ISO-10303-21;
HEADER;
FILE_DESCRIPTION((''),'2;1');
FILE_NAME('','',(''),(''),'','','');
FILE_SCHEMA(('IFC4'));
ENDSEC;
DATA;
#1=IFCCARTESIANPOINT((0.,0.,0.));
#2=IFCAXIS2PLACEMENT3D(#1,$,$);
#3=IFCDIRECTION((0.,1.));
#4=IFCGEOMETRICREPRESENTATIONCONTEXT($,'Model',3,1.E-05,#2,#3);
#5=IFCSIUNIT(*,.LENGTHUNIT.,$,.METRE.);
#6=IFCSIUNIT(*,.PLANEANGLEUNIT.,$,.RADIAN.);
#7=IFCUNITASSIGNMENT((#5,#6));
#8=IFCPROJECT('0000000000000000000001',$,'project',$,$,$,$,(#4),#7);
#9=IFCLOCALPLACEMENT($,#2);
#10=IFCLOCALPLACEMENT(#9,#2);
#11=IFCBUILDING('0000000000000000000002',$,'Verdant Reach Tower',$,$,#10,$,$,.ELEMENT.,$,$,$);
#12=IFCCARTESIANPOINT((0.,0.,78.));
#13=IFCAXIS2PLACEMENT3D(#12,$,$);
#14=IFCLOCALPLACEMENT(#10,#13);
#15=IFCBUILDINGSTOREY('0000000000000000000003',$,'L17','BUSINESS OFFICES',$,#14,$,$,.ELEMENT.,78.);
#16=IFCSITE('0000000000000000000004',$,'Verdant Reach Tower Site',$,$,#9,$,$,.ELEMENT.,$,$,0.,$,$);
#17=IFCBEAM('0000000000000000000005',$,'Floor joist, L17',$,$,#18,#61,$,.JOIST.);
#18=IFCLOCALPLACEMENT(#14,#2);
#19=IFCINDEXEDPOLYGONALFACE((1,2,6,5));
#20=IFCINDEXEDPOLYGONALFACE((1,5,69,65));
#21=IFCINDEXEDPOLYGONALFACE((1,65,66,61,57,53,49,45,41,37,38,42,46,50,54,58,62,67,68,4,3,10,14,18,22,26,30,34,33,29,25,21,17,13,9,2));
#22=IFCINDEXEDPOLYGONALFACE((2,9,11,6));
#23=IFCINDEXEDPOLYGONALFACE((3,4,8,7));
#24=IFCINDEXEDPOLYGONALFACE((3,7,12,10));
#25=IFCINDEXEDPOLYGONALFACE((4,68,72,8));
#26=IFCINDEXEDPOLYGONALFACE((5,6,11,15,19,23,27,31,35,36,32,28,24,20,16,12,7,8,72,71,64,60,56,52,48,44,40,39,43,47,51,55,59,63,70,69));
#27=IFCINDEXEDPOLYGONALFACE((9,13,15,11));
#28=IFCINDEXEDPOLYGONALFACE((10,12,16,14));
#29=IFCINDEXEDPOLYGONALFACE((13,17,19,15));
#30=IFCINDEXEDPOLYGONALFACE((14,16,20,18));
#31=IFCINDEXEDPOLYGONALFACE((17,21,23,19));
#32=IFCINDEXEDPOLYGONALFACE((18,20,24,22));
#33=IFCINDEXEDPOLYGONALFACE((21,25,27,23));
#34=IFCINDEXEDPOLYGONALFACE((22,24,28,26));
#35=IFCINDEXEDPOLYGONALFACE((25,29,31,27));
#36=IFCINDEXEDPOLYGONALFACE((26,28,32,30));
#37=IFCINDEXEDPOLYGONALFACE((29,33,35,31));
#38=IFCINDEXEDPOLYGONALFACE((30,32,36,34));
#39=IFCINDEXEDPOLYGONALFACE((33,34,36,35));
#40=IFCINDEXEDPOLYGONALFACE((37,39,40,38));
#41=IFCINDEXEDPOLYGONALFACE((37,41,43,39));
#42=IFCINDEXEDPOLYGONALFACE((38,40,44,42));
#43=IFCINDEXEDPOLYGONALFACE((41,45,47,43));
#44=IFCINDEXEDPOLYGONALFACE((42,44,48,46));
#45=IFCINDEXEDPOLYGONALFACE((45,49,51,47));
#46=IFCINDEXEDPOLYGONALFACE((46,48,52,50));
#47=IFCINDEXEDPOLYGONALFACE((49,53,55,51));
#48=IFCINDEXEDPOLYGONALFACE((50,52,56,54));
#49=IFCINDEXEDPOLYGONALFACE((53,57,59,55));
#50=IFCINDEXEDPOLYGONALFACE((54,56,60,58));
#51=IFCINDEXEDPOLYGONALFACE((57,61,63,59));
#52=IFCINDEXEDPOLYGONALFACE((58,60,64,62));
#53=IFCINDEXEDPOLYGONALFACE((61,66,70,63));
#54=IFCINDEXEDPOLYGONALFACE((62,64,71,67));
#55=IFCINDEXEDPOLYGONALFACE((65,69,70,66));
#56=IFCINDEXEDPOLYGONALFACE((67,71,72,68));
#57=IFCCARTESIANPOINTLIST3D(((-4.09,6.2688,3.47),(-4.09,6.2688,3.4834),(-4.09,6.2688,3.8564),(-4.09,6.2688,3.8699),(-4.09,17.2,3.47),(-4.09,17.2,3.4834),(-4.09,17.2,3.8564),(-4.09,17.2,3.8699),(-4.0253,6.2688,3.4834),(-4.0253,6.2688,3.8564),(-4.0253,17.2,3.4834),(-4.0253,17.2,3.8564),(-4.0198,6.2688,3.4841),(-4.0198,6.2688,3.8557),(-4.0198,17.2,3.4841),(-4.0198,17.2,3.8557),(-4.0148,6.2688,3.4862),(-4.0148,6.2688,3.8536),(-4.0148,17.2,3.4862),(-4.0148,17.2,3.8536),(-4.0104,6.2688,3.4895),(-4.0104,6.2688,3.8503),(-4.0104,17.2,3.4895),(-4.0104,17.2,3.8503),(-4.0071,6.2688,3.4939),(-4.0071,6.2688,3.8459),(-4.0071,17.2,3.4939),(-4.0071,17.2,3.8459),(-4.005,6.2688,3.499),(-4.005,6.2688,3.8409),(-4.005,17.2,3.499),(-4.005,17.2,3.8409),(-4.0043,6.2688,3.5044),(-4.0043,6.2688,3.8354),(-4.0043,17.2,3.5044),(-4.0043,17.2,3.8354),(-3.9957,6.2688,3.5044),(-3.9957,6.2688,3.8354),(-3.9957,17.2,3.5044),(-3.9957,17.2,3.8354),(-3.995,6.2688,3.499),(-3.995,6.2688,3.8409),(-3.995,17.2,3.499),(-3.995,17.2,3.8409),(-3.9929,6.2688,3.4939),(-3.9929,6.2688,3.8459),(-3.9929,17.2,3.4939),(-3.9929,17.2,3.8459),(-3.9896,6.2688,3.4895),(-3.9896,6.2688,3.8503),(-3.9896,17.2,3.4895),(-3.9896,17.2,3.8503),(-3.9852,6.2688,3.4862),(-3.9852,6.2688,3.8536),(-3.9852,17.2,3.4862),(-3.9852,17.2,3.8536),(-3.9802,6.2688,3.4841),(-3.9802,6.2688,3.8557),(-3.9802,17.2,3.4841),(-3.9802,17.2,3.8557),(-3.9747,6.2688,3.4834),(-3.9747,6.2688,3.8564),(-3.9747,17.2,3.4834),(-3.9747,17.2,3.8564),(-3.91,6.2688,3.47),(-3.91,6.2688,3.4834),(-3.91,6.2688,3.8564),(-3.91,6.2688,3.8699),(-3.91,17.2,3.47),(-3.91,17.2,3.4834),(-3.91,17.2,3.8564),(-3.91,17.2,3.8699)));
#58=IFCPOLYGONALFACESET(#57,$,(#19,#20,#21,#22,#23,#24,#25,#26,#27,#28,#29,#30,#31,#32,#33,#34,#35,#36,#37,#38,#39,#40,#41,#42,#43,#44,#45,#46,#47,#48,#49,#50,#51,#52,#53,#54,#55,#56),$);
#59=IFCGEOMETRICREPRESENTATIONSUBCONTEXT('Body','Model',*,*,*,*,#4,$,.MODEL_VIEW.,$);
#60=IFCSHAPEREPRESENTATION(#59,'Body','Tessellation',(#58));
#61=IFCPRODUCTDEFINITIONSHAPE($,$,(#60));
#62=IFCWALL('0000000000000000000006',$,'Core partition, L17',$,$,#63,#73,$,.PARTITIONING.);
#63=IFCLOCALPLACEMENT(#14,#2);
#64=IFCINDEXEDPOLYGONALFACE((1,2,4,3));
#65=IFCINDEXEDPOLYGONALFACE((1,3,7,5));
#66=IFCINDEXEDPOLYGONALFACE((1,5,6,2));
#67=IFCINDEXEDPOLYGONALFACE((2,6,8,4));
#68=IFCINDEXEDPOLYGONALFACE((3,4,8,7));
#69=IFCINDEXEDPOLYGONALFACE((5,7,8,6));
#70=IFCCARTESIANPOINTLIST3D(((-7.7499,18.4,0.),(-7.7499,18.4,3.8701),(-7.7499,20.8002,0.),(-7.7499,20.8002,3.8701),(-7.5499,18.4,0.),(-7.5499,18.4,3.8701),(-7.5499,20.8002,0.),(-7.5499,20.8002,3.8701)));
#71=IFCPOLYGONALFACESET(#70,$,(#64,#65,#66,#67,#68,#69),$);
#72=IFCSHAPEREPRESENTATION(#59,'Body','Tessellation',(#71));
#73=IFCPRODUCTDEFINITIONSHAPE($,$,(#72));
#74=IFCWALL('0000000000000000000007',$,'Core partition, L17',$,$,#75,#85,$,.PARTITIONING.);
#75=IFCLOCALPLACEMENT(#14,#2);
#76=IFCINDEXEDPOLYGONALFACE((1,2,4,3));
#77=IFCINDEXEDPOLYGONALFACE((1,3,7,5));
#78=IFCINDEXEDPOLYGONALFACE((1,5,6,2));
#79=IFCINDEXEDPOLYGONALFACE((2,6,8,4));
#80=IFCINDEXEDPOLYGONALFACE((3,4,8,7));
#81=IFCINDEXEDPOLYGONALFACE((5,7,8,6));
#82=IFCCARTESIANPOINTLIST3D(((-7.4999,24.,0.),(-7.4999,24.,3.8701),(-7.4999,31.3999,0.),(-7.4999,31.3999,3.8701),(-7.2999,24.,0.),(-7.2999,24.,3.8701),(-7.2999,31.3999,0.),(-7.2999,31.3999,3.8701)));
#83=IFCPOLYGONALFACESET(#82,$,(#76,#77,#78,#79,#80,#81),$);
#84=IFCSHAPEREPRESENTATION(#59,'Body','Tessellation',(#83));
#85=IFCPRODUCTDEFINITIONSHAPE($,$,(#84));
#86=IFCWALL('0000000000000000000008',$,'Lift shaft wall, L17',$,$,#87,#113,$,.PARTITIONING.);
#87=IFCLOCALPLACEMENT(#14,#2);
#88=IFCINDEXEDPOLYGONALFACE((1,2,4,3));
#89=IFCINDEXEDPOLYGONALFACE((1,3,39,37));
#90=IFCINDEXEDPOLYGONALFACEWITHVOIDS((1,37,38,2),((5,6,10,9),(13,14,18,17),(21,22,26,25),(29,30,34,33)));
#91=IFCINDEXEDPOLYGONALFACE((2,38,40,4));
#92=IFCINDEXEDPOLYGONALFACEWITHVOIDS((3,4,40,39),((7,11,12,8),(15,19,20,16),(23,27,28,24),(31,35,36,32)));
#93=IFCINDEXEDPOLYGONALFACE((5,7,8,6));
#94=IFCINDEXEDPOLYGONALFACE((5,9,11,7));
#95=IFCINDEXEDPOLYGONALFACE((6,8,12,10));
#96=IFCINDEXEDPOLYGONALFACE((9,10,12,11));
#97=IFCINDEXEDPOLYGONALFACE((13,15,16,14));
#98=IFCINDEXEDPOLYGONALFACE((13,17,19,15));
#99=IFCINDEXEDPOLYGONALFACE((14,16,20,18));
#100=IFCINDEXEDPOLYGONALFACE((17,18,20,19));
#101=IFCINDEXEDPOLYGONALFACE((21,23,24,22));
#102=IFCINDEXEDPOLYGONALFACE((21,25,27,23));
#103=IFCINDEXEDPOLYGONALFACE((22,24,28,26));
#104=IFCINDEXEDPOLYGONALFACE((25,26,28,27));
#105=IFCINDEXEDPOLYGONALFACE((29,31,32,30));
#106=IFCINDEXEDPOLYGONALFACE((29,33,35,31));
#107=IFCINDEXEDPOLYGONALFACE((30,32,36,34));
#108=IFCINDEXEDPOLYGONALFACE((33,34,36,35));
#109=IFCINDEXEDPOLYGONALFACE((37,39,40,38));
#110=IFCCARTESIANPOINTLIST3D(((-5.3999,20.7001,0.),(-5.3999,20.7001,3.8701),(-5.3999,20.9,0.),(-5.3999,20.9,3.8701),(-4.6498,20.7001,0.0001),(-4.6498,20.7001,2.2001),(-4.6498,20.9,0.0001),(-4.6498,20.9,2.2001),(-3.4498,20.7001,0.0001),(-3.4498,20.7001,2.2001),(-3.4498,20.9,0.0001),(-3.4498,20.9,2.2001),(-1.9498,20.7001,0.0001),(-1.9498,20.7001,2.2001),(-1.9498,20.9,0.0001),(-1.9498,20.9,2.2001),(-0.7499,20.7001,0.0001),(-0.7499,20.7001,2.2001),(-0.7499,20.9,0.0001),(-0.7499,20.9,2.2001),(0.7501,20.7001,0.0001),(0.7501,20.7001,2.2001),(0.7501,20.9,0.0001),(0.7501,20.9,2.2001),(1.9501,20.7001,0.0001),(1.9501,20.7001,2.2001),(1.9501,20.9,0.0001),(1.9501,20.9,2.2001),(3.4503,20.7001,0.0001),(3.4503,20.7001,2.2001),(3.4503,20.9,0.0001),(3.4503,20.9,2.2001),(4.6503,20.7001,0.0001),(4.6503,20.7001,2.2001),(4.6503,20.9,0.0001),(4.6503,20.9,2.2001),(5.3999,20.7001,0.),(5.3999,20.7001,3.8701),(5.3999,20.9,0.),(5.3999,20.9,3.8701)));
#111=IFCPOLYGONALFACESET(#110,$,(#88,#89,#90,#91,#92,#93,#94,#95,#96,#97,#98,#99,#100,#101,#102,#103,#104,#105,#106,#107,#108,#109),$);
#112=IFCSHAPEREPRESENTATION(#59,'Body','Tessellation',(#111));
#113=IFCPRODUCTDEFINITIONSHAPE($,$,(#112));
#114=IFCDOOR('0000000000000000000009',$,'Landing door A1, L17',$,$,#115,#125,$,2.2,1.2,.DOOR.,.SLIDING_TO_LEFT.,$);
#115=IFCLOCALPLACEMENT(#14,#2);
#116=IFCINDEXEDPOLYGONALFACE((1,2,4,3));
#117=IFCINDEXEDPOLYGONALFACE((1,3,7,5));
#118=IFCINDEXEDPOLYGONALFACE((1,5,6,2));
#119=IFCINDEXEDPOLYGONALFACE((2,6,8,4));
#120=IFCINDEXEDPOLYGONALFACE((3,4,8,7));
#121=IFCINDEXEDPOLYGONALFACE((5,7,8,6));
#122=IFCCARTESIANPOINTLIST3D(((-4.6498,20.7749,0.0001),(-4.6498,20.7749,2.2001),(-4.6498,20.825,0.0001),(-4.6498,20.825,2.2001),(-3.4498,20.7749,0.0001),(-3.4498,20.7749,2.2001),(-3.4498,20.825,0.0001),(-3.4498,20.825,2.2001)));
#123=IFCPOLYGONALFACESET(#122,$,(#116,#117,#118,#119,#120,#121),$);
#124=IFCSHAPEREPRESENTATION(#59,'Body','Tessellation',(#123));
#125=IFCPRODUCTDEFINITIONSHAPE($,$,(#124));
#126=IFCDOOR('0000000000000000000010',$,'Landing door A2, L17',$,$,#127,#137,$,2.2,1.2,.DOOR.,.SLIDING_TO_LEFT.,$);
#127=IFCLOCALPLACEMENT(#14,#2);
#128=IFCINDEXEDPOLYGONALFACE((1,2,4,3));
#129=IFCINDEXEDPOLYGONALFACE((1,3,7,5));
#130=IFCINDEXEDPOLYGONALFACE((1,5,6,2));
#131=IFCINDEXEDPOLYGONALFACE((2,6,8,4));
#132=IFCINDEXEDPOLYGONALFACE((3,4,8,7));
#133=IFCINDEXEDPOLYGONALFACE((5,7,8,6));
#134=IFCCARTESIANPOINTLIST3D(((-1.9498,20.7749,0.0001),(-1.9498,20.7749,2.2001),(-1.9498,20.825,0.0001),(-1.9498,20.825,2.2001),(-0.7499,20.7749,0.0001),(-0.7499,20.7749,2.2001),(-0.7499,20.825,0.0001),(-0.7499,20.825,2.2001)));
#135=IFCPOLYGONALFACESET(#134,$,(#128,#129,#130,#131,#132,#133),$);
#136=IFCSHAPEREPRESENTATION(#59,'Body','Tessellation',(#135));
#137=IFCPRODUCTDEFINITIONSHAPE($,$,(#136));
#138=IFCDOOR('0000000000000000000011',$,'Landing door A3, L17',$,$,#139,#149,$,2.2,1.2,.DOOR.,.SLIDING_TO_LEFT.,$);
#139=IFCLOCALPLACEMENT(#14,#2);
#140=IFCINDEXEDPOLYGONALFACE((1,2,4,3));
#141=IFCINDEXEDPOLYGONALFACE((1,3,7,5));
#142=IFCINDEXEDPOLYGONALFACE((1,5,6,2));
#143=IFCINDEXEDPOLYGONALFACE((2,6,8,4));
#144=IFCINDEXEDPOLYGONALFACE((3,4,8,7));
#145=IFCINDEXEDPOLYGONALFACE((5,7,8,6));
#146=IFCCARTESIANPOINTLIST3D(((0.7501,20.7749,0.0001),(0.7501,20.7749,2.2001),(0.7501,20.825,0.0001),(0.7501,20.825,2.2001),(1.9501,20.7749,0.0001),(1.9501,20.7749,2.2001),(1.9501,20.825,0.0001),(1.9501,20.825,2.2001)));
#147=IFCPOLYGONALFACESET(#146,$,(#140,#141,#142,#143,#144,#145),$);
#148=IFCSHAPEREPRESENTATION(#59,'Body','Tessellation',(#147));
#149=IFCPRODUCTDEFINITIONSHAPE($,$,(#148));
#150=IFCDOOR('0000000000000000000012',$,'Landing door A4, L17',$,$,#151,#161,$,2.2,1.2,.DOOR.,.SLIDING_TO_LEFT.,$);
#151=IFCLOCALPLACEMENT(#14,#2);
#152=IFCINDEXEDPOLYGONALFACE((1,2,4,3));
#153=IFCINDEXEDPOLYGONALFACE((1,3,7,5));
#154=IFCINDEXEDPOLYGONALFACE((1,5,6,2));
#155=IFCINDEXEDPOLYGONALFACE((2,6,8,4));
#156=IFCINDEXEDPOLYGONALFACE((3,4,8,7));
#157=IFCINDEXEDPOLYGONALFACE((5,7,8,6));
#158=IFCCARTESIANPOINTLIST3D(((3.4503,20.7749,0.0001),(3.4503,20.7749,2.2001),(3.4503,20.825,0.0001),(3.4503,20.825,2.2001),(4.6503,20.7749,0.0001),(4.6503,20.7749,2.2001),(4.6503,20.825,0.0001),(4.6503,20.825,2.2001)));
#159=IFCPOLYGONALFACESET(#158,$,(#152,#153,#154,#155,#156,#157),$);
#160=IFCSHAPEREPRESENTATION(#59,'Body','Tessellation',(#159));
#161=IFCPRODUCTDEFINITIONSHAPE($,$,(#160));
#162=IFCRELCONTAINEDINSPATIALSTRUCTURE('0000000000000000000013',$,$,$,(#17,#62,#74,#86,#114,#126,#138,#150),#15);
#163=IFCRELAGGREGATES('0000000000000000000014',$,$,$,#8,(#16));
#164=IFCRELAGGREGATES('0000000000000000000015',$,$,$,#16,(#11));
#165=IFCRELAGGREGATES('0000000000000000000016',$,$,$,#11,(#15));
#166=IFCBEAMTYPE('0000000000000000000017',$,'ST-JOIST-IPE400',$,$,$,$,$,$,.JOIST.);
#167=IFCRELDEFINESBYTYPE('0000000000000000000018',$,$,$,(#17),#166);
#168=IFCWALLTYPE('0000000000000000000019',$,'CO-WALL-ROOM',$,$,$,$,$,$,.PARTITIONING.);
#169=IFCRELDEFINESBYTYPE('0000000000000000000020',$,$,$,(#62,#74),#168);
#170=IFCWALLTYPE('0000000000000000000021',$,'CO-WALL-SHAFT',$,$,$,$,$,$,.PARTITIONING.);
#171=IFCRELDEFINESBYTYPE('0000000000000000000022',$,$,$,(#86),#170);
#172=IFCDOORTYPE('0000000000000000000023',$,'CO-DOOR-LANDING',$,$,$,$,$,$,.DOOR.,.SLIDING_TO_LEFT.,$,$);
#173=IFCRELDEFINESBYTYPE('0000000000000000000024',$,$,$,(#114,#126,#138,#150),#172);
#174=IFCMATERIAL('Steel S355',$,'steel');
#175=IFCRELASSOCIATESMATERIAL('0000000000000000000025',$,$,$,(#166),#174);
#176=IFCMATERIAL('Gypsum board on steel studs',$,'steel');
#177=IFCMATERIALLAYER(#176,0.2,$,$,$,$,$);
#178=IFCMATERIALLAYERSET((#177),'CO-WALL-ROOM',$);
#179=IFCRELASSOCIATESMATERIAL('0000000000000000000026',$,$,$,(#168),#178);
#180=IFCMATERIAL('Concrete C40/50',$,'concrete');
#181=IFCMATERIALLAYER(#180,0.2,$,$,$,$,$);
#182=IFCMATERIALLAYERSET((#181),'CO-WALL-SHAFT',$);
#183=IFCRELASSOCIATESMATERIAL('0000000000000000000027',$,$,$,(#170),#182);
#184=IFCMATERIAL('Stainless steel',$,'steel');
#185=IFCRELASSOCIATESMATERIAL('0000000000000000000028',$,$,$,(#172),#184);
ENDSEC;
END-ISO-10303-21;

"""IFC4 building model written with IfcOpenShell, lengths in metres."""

from ifc_helpers import new_model, si_unit, direction, frame, frame_2d, origin, origin_2d, place, context, subcontext, project, spatial, rectangle, i_section, extrude, material, layer, layer_set, material_profile, profile_set, type_object, element, fill, save


model = new_model("IFC4")

# Units and contexts
model_context = context("Model", 3, precision=1e-05, world=origin(), true_north=direction((0.0, 1.0)))
body_context = subcontext(model_context, "Body", "Model", "MODEL_VIEW")
ifc_project = project(units=[si_unit("LENGTHUNIT", "METRE"), si_unit("PLANEANGLEUNIT", "RADIAN")], contexts=[model_context])

# Site, building, storey
site_placement = place(None, origin())
site = spatial("IfcSite", under=ifc_project, at=site_placement, Name="Verdant Reach Tower Site", CompositionType="ELEMENT", RefElevation=0.0)
building_placement = place(site_placement, origin())
building = spatial("IfcBuilding", under=site, at=building_placement, Name="Verdant Reach Tower", CompositionType="ELEMENT")
storey_placement = place(building_placement, frame((0.0, 0.0, 78.0)))
storey = spatial("IfcBuildingStorey", under=building, at=storey_placement, Name="L17", Description="BUSINESS OFFICES", CompositionType="ELEMENT", Elevation=78.0)

# Beam
ifc_material_1 = material(Name="Steel S355", Category="steel")
ifc_material_profile = material_profile(ifc_material_1, i_section(OverallWidth=0.1799, OverallDepth=0.3999, WebThickness=0.0085, FlangeThickness=0.0134, FilletRadius=0.021, at=origin_2d()), Name="IPE 400")
ifc_profile_set = profile_set([ifc_material_profile], Name="Steel S355")
beam_type = type_object("IfcBeamType", Name="ST-JOIST-IPE400", PredefinedType="JOIST", material=ifc_profile_set)
beam_placement = place(storey_placement, frame((-4.0, 17.2, 3.6699), z_axis=(0.0, -1.0, 0.0), x_axis=(1.0, 0.0, 0.0)))
element("IfcBeam", 1, at=beam_placement, inside=storey, type_object=beam_type, Name="Floor joist, L17", PredefinedType="JOIST", context=body_context, shape_type="SweptSolid", body=[
    extrude(i_section(OverallWidth=0.1799, OverallDepth=0.3999, WebThickness=0.0085, FlangeThickness=0.0134, FilletRadius=0.021, at=origin_2d()), origin(), (0.0, 0.0, 1.0), 10.9312),
])

# Walls
ifc_material_2 = material(Name="Gypsum board on steel studs", Category="steel")
ifc_layer_1 = layer(ifc_material_2, 0.2)
ifc_layer_set_1 = layer_set([ifc_layer_1], Name="CO-WALL-ROOM")
wall_type_1 = type_object("IfcWallType", Name="CO-WALL-ROOM", PredefinedType="PARTITIONING", material=ifc_layer_set_1)
wall_1_placement = place(storey_placement, frame((-7.6499, 18.3999, 0.0), z_axis=(0.0, 0.0, 1.0), x_axis=(0.0, 1.0, 0.0)))
element("IfcWall", 2, at=wall_1_placement, inside=storey, type_object=wall_type_1, Name="Core partition, L17", PredefinedType="PARTITIONING", context=body_context, shape_type="SweptSolid", body=[
    extrude(rectangle(XDim=2.4001, YDim=0.2, at=frame_2d((1.2002, 0.0))), origin(), (0.0, 0.0, 1.0), 3.8701),
])
wall_2_placement = place(storey_placement, frame((-7.3999, 24.0, 0.0), z_axis=(0.0, 0.0, 1.0), x_axis=(0.0, 1.0, 0.0)))
element("IfcWall", 3, at=wall_2_placement, inside=storey, type_object=wall_type_1, Name="Core partition, L17", PredefinedType="PARTITIONING", context=body_context, shape_type="SweptSolid", body=[
    extrude(rectangle(XDim=7.3999, YDim=0.2, at=frame_2d((3.7, 0.0))), origin(), (0.0, 0.0, 1.0), 3.8701),
])

# Wall, openings, doors
ifc_material_3 = material(Name="Concrete C40/50", Category="concrete")
ifc_layer_2 = layer(ifc_material_3, 0.2)
ifc_layer_set_2 = layer_set([ifc_layer_2], Name="CO-WALL-SHAFT")
wall_type_2 = type_object("IfcWallType", Name="CO-WALL-SHAFT", PredefinedType="PARTITIONING", material=ifc_layer_set_2)
wall_3_placement = place(storey_placement, frame((-5.3999, 20.8, 0.0), z_axis=(0.0, 0.0, 1.0), x_axis=(1.0, 0.0, 0.0)))
wall_3 = element("IfcWall", 4, at=wall_3_placement, inside=storey, type_object=wall_type_2, Name="Lift shaft wall, L17", PredefinedType="PARTITIONING", context=body_context, shape_type="SweptSolid", body=[
    extrude(rectangle(XDim=10.7998, YDim=0.2, at=frame_2d((5.3999, 0.0))), origin(), (0.0, 0.0, 1.0), 3.8701),
])
opening_1_placement = place(wall_3_placement, frame((0.75, 0.0, 0.0)))
opening_1 = element("IfcOpeningElement", 5, at=opening_1_placement, cuts=wall_3, PredefinedType="OPENING", context=body_context, shape_type="SweptSolid", body=[
    extrude(rectangle(XDim=1.2, YDim=2.2, at=frame_2d((0.6001, 1.1001))), frame((0.0, 0.1099, 0.0), z_axis=(0.0, -1.0, 0.0), x_axis=(1.0, 0.0, 0.0)), (0.0, 0.0, 1.0), 0.22),
])
opening_2_placement = place(wall_3_placement, frame((3.45, 0.0, 0.0)))
opening_2 = element("IfcOpeningElement", 6, at=opening_2_placement, cuts=wall_3, PredefinedType="OPENING", context=body_context, shape_type="SweptSolid", body=[
    extrude(rectangle(XDim=1.2, YDim=2.2, at=frame_2d((0.6001, 1.1001))), frame((0.0, 0.1099, 0.0), z_axis=(0.0, -1.0, 0.0), x_axis=(1.0, 0.0, 0.0)), (0.0, 0.0, 1.0), 0.22),
])
opening_3_placement = place(wall_3_placement, frame((6.1499, 0.0, 0.0)))
opening_3 = element("IfcOpeningElement", 7, at=opening_3_placement, cuts=wall_3, PredefinedType="OPENING", context=body_context, shape_type="SweptSolid", body=[
    extrude(rectangle(XDim=1.2, YDim=2.2, at=frame_2d((0.6001, 1.1001))), frame((0.0, 0.1099, 0.0), z_axis=(0.0, -1.0, 0.0), x_axis=(1.0, 0.0, 0.0)), (0.0, 0.0, 1.0), 0.22),
])
opening_4_placement = place(wall_3_placement, frame((8.8501, 0.0, 0.0)))
opening_4 = element("IfcOpeningElement", 8, at=opening_4_placement, cuts=wall_3, PredefinedType="OPENING", context=body_context, shape_type="SweptSolid", body=[
    extrude(rectangle(XDim=1.2, YDim=2.2, at=frame_2d((0.6001, 1.1001))), frame((0.0, 0.1099, 0.0), z_axis=(0.0, -1.0, 0.0), x_axis=(1.0, 0.0, 0.0)), (0.0, 0.0, 1.0), 0.22),
])
ifc_material_4 = material(Name="Stainless steel", Category="steel")
door_type_1 = type_object("IfcDoorType", Name="CO-DOOR-LANDING", OperationType="SLIDING_TO_LEFT", PredefinedType="DOOR", material=ifc_material_4)
door_1_placement = place(opening_1_placement, origin())
door_1 = element("IfcDoor", 9, at=door_1_placement, inside=storey, type_object=door_type_1, Name="Landing door A1, L17", OperationType="SLIDING_TO_LEFT", OverallHeight=2.2, OverallWidth=1.2, PredefinedType="DOOR", context=body_context, shape_type="SweptSolid", body=[
    extrude(rectangle(XDim=1.2, YDim=2.2, at=frame_2d((0.6001, 1.1001))), frame((0.0, 0.0249, 0.0), z_axis=(0.0, -1.0, 0.0), x_axis=(1.0, 0.0, 0.0)), (0.0, 0.0, 1.0), 0.05),
])
fill(opening_1, door_1)
door_2_placement = place(opening_2_placement, origin())
door_2 = element("IfcDoor", 10, at=door_2_placement, inside=storey, type_object=door_type_1, Name="Landing door A2, L17", OperationType="SLIDING_TO_LEFT", OverallHeight=2.2, OverallWidth=1.2, PredefinedType="DOOR", context=body_context, shape_type="SweptSolid", body=[
    extrude(rectangle(XDim=1.2, YDim=2.2, at=frame_2d((0.6001, 1.1001))), frame((0.0, 0.0249, 0.0), z_axis=(0.0, -1.0, 0.0), x_axis=(1.0, 0.0, 0.0)), (0.0, 0.0, 1.0), 0.05),
])
fill(opening_2, door_2)
door_3_placement = place(opening_3_placement, origin())
door_3 = element("IfcDoor", 11, at=door_3_placement, inside=storey, type_object=door_type_1, Name="Landing door A3, L17", OperationType="SLIDING_TO_LEFT", OverallHeight=2.2, OverallWidth=1.2, PredefinedType="DOOR", context=body_context, shape_type="SweptSolid", body=[
    extrude(rectangle(XDim=1.2, YDim=2.2, at=frame_2d((0.6001, 1.1001))), frame((0.0, 0.0249, 0.0), z_axis=(0.0, -1.0, 0.0), x_axis=(1.0, 0.0, 0.0)), (0.0, 0.0, 1.0), 0.05),
])
fill(opening_3, door_3)
door_4_placement = place(opening_4_placement, origin())
door_4 = element("IfcDoor", 12, at=door_4_placement, inside=storey, type_object=door_type_1, Name="Landing door A4, L17", OperationType="SLIDING_TO_LEFT", OverallHeight=2.2, OverallWidth=1.2, PredefinedType="DOOR", context=body_context, shape_type="SweptSolid", body=[
    extrude(rectangle(XDim=1.2, YDim=2.2, at=frame_2d((0.6001, 1.1001))), frame((0.0, 0.0249, 0.0), z_axis=(0.0, -1.0, 0.0), x_axis=(1.0, 0.0, 0.0)), (0.0, 0.0, 1.0), 0.05),
])
fill(opening_4, door_4)

save(model, "model.ifc")
